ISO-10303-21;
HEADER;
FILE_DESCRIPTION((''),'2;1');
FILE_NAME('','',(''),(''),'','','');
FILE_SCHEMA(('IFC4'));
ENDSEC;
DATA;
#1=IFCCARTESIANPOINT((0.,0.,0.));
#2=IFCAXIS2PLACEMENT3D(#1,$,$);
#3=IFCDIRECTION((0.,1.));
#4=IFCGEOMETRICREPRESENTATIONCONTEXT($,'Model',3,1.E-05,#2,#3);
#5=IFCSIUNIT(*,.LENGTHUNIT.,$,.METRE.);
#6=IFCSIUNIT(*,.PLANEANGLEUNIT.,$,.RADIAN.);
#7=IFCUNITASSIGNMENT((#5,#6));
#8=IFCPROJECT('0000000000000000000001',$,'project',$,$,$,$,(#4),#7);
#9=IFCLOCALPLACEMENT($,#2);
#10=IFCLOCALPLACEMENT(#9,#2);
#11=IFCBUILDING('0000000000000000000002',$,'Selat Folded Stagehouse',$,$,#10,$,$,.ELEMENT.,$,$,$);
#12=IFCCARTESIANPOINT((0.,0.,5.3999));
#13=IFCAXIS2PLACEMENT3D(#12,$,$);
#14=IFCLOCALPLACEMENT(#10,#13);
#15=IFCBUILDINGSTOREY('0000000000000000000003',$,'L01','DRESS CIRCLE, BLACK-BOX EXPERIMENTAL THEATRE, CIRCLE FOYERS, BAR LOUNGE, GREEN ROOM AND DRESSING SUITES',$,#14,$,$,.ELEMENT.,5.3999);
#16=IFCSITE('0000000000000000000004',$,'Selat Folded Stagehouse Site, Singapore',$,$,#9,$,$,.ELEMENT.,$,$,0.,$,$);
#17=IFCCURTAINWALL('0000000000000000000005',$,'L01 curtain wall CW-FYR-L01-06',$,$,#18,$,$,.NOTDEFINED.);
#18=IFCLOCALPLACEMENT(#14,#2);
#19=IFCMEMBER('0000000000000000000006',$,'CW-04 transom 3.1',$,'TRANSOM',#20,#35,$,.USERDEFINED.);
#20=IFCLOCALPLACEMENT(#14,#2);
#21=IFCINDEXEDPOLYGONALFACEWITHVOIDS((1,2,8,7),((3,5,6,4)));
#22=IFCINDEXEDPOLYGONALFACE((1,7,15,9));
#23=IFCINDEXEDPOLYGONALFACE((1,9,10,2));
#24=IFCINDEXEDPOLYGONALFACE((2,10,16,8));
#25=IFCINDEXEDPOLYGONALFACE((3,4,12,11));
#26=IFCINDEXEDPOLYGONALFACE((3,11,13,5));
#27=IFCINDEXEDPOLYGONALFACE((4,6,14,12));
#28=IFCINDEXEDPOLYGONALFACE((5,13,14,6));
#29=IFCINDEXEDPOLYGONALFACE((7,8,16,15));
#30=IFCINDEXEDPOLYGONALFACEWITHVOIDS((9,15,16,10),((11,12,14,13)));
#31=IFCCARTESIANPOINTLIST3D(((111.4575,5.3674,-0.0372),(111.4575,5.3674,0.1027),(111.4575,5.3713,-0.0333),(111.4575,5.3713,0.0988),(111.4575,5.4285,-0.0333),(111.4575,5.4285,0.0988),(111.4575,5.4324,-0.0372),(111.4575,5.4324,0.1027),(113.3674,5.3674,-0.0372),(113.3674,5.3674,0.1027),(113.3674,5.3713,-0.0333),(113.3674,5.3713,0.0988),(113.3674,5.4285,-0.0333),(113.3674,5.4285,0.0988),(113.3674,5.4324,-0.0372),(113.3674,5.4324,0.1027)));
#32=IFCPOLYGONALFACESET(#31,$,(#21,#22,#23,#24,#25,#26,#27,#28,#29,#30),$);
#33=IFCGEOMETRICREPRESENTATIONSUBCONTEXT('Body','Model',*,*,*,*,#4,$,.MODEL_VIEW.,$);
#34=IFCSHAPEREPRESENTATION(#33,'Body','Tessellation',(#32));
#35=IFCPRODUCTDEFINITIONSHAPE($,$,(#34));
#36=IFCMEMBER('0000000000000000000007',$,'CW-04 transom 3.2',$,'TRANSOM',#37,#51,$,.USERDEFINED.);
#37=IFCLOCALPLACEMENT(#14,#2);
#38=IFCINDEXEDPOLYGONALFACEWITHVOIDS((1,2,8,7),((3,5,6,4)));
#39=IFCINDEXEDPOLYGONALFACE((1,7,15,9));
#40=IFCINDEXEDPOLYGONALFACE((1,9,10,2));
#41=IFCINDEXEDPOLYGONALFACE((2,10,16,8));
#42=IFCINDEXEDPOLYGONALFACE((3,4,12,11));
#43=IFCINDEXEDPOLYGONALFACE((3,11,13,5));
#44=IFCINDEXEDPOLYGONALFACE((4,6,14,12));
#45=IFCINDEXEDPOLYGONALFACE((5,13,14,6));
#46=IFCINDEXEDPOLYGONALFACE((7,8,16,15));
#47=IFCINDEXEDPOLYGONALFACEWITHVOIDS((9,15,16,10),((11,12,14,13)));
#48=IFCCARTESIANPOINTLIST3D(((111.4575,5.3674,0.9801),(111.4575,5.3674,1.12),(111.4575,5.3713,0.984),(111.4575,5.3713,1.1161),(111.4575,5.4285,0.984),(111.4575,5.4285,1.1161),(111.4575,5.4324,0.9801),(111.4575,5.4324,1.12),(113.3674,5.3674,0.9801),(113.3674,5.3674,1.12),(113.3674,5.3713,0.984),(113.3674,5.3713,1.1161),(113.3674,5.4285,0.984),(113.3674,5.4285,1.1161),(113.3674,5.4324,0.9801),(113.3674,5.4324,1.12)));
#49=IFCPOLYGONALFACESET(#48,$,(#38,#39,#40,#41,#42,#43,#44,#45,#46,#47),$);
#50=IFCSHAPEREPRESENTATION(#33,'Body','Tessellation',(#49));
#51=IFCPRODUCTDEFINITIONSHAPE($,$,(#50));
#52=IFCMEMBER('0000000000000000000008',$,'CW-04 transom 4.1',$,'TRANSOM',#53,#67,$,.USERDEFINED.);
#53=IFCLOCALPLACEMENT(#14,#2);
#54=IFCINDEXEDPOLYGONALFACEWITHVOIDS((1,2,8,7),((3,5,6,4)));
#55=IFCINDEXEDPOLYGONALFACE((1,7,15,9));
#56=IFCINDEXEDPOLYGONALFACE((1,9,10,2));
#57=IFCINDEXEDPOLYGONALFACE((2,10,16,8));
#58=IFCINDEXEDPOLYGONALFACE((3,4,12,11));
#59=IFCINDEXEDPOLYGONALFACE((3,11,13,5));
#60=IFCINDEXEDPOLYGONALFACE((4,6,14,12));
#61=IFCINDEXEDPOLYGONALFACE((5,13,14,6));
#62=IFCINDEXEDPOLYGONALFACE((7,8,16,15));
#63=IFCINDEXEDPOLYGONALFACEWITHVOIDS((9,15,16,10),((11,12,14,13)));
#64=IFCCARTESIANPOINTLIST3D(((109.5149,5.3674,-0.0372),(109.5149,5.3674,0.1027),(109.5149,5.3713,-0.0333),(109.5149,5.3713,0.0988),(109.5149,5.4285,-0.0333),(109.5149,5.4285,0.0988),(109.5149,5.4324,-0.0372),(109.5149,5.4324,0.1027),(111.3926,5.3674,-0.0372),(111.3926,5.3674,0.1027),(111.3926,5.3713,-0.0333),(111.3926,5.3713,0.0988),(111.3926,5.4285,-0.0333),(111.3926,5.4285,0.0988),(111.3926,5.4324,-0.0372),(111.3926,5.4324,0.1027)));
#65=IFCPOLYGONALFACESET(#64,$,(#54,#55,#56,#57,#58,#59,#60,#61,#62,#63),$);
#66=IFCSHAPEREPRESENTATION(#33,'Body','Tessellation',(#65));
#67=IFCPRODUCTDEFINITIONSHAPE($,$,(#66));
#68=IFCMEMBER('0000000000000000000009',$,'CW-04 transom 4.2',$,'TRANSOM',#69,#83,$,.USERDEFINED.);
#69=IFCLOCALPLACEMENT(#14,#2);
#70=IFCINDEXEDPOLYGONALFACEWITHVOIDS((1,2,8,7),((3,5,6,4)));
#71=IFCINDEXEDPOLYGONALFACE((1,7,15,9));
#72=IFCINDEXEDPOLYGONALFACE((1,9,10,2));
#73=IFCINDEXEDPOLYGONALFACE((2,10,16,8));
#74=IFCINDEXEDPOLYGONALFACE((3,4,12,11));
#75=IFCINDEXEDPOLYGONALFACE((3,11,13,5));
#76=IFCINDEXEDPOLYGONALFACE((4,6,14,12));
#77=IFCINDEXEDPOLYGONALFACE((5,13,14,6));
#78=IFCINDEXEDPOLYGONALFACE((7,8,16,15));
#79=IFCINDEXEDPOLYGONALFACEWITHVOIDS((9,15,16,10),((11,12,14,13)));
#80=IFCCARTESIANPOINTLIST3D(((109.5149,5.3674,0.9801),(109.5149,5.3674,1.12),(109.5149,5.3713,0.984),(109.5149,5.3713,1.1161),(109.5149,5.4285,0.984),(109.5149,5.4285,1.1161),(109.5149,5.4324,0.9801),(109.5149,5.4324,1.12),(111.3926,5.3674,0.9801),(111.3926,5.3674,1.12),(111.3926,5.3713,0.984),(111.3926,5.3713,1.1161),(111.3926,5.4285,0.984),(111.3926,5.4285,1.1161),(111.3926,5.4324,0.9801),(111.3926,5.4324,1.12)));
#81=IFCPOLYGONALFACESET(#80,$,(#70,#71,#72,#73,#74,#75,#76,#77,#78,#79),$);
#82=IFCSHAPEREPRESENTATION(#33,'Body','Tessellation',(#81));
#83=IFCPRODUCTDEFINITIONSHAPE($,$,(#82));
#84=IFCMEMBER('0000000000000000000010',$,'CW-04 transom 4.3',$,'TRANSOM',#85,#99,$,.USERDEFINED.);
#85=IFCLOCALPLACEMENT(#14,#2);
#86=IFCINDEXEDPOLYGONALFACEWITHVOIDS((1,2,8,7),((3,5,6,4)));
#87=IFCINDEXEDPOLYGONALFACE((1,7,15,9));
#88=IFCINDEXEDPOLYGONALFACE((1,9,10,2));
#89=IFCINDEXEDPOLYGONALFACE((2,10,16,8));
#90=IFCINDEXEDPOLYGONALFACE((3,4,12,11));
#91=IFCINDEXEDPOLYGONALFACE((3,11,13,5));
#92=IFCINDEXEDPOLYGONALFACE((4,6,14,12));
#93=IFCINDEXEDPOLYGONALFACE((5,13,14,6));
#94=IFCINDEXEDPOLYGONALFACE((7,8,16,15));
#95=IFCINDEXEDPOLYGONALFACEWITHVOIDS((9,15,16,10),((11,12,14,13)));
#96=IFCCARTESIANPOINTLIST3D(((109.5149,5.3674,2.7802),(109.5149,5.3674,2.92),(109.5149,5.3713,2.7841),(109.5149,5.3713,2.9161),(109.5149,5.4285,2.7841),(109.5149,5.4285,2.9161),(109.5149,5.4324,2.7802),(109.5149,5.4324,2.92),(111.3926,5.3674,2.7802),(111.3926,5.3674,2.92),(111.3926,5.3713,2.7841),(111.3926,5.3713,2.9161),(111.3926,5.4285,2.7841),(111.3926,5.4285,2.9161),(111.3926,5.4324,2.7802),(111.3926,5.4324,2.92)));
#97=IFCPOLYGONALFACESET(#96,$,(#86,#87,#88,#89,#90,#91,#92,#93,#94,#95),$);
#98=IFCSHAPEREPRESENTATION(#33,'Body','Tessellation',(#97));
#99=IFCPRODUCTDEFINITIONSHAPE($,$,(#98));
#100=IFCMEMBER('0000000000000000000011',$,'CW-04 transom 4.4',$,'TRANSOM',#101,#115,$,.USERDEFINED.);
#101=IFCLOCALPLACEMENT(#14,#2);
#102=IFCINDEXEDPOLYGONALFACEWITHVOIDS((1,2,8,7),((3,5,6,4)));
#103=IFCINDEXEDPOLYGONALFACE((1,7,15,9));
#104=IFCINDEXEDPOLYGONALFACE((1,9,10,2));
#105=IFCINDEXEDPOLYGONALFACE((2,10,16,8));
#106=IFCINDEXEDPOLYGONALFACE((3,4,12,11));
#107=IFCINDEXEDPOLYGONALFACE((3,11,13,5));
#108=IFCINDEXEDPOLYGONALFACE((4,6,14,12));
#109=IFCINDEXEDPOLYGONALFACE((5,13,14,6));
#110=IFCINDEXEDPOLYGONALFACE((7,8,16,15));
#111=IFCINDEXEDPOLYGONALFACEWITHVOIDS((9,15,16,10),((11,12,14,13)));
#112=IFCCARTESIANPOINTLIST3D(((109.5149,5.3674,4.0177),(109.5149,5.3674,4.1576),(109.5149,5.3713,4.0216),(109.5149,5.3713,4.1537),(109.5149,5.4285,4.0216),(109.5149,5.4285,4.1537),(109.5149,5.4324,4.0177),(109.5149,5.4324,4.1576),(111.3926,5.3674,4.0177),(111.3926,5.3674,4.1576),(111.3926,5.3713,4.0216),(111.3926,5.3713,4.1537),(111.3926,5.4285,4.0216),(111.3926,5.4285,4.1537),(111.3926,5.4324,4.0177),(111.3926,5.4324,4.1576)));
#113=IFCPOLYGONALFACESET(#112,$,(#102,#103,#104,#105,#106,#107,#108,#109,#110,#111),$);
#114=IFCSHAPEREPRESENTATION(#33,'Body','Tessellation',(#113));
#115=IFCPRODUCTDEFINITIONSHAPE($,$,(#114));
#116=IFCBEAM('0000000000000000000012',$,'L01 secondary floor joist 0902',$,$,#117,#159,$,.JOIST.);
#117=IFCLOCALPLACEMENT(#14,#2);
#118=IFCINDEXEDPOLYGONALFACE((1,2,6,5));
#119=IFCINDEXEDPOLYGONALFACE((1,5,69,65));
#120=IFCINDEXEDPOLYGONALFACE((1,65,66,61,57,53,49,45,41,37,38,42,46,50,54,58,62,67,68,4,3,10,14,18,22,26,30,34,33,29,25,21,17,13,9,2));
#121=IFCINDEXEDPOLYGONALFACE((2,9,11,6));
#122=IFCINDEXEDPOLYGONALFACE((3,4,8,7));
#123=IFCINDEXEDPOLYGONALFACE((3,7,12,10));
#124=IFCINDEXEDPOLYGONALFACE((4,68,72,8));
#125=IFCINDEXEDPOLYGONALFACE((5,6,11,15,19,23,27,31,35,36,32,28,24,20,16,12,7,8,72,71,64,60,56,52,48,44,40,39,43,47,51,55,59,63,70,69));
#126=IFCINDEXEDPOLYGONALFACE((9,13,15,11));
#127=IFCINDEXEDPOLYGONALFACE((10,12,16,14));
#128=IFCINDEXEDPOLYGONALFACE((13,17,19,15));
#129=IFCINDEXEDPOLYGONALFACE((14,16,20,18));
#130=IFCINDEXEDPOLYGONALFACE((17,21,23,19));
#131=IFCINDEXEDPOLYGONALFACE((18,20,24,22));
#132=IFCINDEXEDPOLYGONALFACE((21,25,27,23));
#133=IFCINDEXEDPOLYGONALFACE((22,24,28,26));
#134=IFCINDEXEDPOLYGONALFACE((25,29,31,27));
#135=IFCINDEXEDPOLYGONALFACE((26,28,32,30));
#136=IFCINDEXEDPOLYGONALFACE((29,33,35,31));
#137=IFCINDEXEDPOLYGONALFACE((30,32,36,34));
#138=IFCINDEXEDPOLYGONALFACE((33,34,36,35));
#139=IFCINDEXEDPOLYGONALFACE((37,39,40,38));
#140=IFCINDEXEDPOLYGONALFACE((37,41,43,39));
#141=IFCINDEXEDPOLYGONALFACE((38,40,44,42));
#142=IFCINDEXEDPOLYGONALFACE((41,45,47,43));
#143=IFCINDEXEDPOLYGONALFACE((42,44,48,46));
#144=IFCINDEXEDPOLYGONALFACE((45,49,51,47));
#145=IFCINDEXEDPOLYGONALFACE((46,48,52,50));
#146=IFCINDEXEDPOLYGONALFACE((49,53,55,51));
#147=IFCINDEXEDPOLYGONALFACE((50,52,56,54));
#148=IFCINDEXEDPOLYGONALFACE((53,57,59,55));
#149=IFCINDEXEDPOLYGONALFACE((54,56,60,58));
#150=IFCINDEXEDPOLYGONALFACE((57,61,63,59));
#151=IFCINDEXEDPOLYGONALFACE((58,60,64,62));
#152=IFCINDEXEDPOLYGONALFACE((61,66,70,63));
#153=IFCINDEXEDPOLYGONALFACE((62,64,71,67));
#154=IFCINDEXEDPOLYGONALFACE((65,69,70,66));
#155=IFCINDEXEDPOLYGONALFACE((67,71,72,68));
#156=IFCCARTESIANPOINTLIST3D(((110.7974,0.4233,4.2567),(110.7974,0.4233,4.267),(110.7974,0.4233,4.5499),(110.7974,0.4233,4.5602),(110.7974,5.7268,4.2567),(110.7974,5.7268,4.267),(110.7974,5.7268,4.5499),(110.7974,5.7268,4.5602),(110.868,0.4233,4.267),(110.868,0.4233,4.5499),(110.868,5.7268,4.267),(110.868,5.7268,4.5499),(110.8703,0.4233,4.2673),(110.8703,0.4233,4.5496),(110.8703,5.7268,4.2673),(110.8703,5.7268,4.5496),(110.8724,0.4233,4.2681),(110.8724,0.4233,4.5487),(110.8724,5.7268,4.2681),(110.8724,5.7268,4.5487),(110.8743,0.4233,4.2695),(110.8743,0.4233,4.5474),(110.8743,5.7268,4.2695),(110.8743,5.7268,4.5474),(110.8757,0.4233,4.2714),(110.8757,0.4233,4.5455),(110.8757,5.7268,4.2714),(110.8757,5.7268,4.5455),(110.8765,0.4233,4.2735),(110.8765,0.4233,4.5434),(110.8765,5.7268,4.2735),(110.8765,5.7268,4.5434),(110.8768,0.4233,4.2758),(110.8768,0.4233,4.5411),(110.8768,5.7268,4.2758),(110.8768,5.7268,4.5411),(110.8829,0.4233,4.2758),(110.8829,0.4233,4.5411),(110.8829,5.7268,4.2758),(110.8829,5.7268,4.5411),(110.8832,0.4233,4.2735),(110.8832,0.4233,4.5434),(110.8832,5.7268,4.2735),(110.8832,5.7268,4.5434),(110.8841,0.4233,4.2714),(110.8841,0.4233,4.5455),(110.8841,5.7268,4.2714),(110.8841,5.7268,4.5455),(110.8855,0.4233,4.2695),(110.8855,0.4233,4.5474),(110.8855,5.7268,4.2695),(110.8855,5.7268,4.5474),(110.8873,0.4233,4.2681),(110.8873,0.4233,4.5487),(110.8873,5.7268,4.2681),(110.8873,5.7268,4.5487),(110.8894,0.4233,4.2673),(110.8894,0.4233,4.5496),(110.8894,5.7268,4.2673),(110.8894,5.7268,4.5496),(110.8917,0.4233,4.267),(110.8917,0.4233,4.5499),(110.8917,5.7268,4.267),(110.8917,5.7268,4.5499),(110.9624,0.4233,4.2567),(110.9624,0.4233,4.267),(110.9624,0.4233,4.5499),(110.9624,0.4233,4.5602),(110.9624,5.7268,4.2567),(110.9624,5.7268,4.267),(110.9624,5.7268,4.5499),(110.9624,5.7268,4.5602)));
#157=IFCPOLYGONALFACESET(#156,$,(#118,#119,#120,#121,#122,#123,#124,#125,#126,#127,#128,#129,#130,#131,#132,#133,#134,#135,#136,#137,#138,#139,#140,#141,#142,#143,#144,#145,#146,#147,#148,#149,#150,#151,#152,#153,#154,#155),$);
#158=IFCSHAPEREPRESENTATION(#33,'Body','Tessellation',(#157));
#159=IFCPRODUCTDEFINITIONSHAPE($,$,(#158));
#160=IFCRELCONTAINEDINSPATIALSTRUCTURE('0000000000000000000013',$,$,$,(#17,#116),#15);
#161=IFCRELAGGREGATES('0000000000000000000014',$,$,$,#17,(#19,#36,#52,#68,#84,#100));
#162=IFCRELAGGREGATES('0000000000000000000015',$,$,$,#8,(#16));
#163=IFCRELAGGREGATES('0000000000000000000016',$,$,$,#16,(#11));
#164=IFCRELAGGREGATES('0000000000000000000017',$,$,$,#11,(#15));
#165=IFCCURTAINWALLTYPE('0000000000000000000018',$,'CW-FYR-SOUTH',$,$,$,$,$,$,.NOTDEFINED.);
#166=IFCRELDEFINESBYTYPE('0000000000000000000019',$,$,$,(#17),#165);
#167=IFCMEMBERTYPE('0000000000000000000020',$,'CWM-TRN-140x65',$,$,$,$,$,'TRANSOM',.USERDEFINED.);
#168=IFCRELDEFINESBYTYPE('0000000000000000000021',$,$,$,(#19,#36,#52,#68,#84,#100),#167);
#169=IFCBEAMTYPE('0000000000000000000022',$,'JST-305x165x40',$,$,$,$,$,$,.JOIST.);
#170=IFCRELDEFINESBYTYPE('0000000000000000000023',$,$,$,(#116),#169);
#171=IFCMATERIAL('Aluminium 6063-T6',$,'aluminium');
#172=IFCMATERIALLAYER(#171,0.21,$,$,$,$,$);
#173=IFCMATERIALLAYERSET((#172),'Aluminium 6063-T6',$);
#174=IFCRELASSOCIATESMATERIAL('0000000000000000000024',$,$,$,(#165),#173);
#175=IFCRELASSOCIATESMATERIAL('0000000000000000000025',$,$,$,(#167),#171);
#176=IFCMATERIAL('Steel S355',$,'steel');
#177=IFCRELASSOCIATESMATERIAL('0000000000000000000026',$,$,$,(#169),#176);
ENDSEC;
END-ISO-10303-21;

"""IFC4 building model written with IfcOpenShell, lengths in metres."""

from ifc_helpers import new_model, si_unit, direction, frame, origin, origin_2d, place, context, subcontext, project, spatial, hollow_rectangle, i_section, extrude, material, layer, layer_set, material_profile, profile_set, type_object, element, aggregate, save


model = new_model("IFC4")

# Units and contexts
model_context = context("Model", 3, precision=1e-05, world=origin(), true_north=direction((0.0, 1.0)))
body_context = subcontext(model_context, "Body", "Model", "MODEL_VIEW")
ifc_project = project(units=[si_unit("LENGTHUNIT", "METRE"), si_unit("PLANEANGLEUNIT", "RADIAN")], contexts=[model_context])

# Site, building, storey
site_placement = place(None, origin())
site = spatial("IfcSite", under=ifc_project, at=site_placement, Name="Selat Folded Stagehouse Site, Singapore", CompositionType="ELEMENT", RefElevation=0.0)
building_placement = place(site_placement, origin())
building = spatial("IfcBuilding", under=site, at=building_placement, Name="Selat Folded Stagehouse", CompositionType="ELEMENT")
storey_placement = place(building_placement, frame((0.0, 0.0, 5.3999)))
storey = spatial("IfcBuildingStorey", under=building, at=storey_placement, Name="L01", Description="DRESS CIRCLE, BLACK-BOX EXPERIMENTAL THEATRE, CIRCLE FOYERS, BAR LOUNGE, GREEN ROOM AND DRESSING SUITES", CompositionType="ELEMENT", Elevation=5.3999)

# Shared definitions
ifc_material_1 = material(Name="Steel S355", Category="steel")

# Curtain wall, members
ifc_material_2 = material(Name="Aluminium 6063-T6", Category="aluminium")
ifc_layer_1 = layer(ifc_material_2, 0.21)
ifc_layer_set_1 = layer_set([ifc_layer_1], Name="Aluminium 6063-T6")
curtain_wall_type = type_object("IfcCurtainWallType", Name="CW-FYR-SOUTH", PredefinedType="NOTDEFINED", material=ifc_layer_set_1)
curtain_wall_placement = place(storey_placement, origin())
curtain_wall = element("IfcCurtainWall", 1, at=curtain_wall_placement, inside=storey, type_object=curtain_wall_type, Name="L01 curtain wall CW-FYR-L01-06", PredefinedType="NOTDEFINED")
ifc_material_profile_1 = material_profile(ifc_material_2, hollow_rectangle(XDim=0.0649, YDim=0.1399, WallThickness=0.0039, at=origin_2d()), Name="ALU 140x65x4.0")
ifc_profile_set_1 = profile_set([ifc_material_profile_1], Name="Aluminium 6063-T6")
member_type_1 = type_object("IfcMemberType", Name="CWM-TRN-140x65", ElementType="TRANSOM", PredefinedType="USERDEFINED", material=ifc_profile_set_1)
member_1_placement = place(storey_placement, frame((113.3674, 5.3999, 0.0327), z_axis=(-1.0, 0.0, 0.0), x_axis=(0.0, -1.0, 0.0)))
member_1 = element("IfcMember", 2, at=member_1_placement, type_object=member_type_1, Name="CW-04 transom 3.1", ObjectType="TRANSOM", PredefinedType="USERDEFINED", context=body_context, shape_type="SweptSolid", body=[
    extrude(hollow_rectangle(XDim=0.0649, YDim=0.1399, WallThickness=0.0039, at=origin_2d()), origin(), (0.0, 0.0, 1.0), 1.9099),
])
member_2_placement = place(storey_placement, frame((113.3674, 5.3999, 1.05), z_axis=(-1.0, 0.0, 0.0), x_axis=(0.0, -1.0, 0.0)))
member_2 = element("IfcMember", 3, at=member_2_placement, type_object=member_type_1, Name="CW-04 transom 3.2", ObjectType="TRANSOM", PredefinedType="USERDEFINED", context=body_context, shape_type="SweptSolid", body=[
    extrude(hollow_rectangle(XDim=0.0649, YDim=0.1399, WallThickness=0.0039, at=origin_2d()), origin(), (0.0, 0.0, 1.0), 1.9099),
])
member_3_placement = place(storey_placement, frame((111.3926, 5.3999, 0.0327), z_axis=(-1.0, 0.0, 0.0), x_axis=(0.0, -1.0, 0.0)))
member_3 = element("IfcMember", 4, at=member_3_placement, type_object=member_type_1, Name="CW-04 transom 4.1", ObjectType="TRANSOM", PredefinedType="USERDEFINED", context=body_context, shape_type="SweptSolid", body=[
    extrude(hollow_rectangle(XDim=0.0649, YDim=0.1399, WallThickness=0.0039, at=origin_2d()), origin(), (0.0, 0.0, 1.0), 1.8777),
])
member_4_placement = place(storey_placement, frame((111.3926, 5.3999, 1.05), z_axis=(-1.0, 0.0, 0.0), x_axis=(0.0, -1.0, 0.0)))
member_4 = element("IfcMember", 5, at=member_4_placement, type_object=member_type_1, Name="CW-04 transom 4.2", ObjectType="TRANSOM", PredefinedType="USERDEFINED", context=body_context, shape_type="SweptSolid", body=[
    extrude(hollow_rectangle(XDim=0.0649, YDim=0.1399, WallThickness=0.0039, at=origin_2d()), origin(), (0.0, 0.0, 1.0), 1.8777),
])
member_5_placement = place(storey_placement, frame((111.3926, 5.3999, 2.8501), z_axis=(-1.0, 0.0, 0.0), x_axis=(0.0, -1.0, 0.0)))
member_5 = element("IfcMember", 6, at=member_5_placement, type_object=member_type_1, Name="CW-04 transom 4.3", ObjectType="TRANSOM", PredefinedType="USERDEFINED", context=body_context, shape_type="SweptSolid", body=[
    extrude(hollow_rectangle(XDim=0.0649, YDim=0.1399, WallThickness=0.0039, at=origin_2d()), origin(), (0.0, 0.0, 1.0), 1.8777),
])
member_6_placement = place(storey_placement, frame((111.3926, 5.3999, 4.0876), z_axis=(-1.0, 0.0, 0.0), x_axis=(0.0, -1.0, 0.0)))
member_6 = element("IfcMember", 7, at=member_6_placement, type_object=member_type_1, Name="CW-04 transom 4.4", ObjectType="TRANSOM", PredefinedType="USERDEFINED", context=body_context, shape_type="SweptSolid", body=[
    extrude(hollow_rectangle(XDim=0.0649, YDim=0.1399, WallThickness=0.0039, at=origin_2d()), origin(), (0.0, 0.0, 1.0), 1.8777),
])

# Beam
ifc_material_profile_2 = material_profile(ifc_material_1, i_section(OverallWidth=0.165, OverallDepth=0.3035, WebThickness=0.0061, FlangeThickness=0.0103, FilletRadius=0.0088, at=origin_2d()), Name="UKB 305x165x40")
ifc_profile_set_2 = profile_set([ifc_material_profile_2], Name="Steel S355")
beam_type_1 = type_object("IfcBeamType", Name="JST-305x165x40", PredefinedType="JOIST", material=ifc_profile_set_2)
for number, where, z_axis, x_axis, name in (
    (8, (110.8799, 0.4233, 4.4084), (0.0, 1.0, 0.0), (-1.0, 0.0, 0.0), "L01 secondary floor joist 0902"),
):
    element("IfcBeam", number, at=place(storey_placement, frame(where, z_axis=z_axis, x_axis=x_axis)), inside=storey, type_object=beam_type_1, Name=name, PredefinedType="JOIST", context=body_context, shape_type="SweptSolid", body=[
        extrude(i_section(OverallWidth=0.165, OverallDepth=0.3035, WebThickness=0.0061, FlangeThickness=0.0103, FilletRadius=0.0088, at=origin_2d()), origin(), (0.0, 0.0, 1.0), 5.3035),
    ])

aggregate(curtain_wall, [member_1, member_2, member_3, member_4, member_5, member_6])

save(model, "model.ifc")
